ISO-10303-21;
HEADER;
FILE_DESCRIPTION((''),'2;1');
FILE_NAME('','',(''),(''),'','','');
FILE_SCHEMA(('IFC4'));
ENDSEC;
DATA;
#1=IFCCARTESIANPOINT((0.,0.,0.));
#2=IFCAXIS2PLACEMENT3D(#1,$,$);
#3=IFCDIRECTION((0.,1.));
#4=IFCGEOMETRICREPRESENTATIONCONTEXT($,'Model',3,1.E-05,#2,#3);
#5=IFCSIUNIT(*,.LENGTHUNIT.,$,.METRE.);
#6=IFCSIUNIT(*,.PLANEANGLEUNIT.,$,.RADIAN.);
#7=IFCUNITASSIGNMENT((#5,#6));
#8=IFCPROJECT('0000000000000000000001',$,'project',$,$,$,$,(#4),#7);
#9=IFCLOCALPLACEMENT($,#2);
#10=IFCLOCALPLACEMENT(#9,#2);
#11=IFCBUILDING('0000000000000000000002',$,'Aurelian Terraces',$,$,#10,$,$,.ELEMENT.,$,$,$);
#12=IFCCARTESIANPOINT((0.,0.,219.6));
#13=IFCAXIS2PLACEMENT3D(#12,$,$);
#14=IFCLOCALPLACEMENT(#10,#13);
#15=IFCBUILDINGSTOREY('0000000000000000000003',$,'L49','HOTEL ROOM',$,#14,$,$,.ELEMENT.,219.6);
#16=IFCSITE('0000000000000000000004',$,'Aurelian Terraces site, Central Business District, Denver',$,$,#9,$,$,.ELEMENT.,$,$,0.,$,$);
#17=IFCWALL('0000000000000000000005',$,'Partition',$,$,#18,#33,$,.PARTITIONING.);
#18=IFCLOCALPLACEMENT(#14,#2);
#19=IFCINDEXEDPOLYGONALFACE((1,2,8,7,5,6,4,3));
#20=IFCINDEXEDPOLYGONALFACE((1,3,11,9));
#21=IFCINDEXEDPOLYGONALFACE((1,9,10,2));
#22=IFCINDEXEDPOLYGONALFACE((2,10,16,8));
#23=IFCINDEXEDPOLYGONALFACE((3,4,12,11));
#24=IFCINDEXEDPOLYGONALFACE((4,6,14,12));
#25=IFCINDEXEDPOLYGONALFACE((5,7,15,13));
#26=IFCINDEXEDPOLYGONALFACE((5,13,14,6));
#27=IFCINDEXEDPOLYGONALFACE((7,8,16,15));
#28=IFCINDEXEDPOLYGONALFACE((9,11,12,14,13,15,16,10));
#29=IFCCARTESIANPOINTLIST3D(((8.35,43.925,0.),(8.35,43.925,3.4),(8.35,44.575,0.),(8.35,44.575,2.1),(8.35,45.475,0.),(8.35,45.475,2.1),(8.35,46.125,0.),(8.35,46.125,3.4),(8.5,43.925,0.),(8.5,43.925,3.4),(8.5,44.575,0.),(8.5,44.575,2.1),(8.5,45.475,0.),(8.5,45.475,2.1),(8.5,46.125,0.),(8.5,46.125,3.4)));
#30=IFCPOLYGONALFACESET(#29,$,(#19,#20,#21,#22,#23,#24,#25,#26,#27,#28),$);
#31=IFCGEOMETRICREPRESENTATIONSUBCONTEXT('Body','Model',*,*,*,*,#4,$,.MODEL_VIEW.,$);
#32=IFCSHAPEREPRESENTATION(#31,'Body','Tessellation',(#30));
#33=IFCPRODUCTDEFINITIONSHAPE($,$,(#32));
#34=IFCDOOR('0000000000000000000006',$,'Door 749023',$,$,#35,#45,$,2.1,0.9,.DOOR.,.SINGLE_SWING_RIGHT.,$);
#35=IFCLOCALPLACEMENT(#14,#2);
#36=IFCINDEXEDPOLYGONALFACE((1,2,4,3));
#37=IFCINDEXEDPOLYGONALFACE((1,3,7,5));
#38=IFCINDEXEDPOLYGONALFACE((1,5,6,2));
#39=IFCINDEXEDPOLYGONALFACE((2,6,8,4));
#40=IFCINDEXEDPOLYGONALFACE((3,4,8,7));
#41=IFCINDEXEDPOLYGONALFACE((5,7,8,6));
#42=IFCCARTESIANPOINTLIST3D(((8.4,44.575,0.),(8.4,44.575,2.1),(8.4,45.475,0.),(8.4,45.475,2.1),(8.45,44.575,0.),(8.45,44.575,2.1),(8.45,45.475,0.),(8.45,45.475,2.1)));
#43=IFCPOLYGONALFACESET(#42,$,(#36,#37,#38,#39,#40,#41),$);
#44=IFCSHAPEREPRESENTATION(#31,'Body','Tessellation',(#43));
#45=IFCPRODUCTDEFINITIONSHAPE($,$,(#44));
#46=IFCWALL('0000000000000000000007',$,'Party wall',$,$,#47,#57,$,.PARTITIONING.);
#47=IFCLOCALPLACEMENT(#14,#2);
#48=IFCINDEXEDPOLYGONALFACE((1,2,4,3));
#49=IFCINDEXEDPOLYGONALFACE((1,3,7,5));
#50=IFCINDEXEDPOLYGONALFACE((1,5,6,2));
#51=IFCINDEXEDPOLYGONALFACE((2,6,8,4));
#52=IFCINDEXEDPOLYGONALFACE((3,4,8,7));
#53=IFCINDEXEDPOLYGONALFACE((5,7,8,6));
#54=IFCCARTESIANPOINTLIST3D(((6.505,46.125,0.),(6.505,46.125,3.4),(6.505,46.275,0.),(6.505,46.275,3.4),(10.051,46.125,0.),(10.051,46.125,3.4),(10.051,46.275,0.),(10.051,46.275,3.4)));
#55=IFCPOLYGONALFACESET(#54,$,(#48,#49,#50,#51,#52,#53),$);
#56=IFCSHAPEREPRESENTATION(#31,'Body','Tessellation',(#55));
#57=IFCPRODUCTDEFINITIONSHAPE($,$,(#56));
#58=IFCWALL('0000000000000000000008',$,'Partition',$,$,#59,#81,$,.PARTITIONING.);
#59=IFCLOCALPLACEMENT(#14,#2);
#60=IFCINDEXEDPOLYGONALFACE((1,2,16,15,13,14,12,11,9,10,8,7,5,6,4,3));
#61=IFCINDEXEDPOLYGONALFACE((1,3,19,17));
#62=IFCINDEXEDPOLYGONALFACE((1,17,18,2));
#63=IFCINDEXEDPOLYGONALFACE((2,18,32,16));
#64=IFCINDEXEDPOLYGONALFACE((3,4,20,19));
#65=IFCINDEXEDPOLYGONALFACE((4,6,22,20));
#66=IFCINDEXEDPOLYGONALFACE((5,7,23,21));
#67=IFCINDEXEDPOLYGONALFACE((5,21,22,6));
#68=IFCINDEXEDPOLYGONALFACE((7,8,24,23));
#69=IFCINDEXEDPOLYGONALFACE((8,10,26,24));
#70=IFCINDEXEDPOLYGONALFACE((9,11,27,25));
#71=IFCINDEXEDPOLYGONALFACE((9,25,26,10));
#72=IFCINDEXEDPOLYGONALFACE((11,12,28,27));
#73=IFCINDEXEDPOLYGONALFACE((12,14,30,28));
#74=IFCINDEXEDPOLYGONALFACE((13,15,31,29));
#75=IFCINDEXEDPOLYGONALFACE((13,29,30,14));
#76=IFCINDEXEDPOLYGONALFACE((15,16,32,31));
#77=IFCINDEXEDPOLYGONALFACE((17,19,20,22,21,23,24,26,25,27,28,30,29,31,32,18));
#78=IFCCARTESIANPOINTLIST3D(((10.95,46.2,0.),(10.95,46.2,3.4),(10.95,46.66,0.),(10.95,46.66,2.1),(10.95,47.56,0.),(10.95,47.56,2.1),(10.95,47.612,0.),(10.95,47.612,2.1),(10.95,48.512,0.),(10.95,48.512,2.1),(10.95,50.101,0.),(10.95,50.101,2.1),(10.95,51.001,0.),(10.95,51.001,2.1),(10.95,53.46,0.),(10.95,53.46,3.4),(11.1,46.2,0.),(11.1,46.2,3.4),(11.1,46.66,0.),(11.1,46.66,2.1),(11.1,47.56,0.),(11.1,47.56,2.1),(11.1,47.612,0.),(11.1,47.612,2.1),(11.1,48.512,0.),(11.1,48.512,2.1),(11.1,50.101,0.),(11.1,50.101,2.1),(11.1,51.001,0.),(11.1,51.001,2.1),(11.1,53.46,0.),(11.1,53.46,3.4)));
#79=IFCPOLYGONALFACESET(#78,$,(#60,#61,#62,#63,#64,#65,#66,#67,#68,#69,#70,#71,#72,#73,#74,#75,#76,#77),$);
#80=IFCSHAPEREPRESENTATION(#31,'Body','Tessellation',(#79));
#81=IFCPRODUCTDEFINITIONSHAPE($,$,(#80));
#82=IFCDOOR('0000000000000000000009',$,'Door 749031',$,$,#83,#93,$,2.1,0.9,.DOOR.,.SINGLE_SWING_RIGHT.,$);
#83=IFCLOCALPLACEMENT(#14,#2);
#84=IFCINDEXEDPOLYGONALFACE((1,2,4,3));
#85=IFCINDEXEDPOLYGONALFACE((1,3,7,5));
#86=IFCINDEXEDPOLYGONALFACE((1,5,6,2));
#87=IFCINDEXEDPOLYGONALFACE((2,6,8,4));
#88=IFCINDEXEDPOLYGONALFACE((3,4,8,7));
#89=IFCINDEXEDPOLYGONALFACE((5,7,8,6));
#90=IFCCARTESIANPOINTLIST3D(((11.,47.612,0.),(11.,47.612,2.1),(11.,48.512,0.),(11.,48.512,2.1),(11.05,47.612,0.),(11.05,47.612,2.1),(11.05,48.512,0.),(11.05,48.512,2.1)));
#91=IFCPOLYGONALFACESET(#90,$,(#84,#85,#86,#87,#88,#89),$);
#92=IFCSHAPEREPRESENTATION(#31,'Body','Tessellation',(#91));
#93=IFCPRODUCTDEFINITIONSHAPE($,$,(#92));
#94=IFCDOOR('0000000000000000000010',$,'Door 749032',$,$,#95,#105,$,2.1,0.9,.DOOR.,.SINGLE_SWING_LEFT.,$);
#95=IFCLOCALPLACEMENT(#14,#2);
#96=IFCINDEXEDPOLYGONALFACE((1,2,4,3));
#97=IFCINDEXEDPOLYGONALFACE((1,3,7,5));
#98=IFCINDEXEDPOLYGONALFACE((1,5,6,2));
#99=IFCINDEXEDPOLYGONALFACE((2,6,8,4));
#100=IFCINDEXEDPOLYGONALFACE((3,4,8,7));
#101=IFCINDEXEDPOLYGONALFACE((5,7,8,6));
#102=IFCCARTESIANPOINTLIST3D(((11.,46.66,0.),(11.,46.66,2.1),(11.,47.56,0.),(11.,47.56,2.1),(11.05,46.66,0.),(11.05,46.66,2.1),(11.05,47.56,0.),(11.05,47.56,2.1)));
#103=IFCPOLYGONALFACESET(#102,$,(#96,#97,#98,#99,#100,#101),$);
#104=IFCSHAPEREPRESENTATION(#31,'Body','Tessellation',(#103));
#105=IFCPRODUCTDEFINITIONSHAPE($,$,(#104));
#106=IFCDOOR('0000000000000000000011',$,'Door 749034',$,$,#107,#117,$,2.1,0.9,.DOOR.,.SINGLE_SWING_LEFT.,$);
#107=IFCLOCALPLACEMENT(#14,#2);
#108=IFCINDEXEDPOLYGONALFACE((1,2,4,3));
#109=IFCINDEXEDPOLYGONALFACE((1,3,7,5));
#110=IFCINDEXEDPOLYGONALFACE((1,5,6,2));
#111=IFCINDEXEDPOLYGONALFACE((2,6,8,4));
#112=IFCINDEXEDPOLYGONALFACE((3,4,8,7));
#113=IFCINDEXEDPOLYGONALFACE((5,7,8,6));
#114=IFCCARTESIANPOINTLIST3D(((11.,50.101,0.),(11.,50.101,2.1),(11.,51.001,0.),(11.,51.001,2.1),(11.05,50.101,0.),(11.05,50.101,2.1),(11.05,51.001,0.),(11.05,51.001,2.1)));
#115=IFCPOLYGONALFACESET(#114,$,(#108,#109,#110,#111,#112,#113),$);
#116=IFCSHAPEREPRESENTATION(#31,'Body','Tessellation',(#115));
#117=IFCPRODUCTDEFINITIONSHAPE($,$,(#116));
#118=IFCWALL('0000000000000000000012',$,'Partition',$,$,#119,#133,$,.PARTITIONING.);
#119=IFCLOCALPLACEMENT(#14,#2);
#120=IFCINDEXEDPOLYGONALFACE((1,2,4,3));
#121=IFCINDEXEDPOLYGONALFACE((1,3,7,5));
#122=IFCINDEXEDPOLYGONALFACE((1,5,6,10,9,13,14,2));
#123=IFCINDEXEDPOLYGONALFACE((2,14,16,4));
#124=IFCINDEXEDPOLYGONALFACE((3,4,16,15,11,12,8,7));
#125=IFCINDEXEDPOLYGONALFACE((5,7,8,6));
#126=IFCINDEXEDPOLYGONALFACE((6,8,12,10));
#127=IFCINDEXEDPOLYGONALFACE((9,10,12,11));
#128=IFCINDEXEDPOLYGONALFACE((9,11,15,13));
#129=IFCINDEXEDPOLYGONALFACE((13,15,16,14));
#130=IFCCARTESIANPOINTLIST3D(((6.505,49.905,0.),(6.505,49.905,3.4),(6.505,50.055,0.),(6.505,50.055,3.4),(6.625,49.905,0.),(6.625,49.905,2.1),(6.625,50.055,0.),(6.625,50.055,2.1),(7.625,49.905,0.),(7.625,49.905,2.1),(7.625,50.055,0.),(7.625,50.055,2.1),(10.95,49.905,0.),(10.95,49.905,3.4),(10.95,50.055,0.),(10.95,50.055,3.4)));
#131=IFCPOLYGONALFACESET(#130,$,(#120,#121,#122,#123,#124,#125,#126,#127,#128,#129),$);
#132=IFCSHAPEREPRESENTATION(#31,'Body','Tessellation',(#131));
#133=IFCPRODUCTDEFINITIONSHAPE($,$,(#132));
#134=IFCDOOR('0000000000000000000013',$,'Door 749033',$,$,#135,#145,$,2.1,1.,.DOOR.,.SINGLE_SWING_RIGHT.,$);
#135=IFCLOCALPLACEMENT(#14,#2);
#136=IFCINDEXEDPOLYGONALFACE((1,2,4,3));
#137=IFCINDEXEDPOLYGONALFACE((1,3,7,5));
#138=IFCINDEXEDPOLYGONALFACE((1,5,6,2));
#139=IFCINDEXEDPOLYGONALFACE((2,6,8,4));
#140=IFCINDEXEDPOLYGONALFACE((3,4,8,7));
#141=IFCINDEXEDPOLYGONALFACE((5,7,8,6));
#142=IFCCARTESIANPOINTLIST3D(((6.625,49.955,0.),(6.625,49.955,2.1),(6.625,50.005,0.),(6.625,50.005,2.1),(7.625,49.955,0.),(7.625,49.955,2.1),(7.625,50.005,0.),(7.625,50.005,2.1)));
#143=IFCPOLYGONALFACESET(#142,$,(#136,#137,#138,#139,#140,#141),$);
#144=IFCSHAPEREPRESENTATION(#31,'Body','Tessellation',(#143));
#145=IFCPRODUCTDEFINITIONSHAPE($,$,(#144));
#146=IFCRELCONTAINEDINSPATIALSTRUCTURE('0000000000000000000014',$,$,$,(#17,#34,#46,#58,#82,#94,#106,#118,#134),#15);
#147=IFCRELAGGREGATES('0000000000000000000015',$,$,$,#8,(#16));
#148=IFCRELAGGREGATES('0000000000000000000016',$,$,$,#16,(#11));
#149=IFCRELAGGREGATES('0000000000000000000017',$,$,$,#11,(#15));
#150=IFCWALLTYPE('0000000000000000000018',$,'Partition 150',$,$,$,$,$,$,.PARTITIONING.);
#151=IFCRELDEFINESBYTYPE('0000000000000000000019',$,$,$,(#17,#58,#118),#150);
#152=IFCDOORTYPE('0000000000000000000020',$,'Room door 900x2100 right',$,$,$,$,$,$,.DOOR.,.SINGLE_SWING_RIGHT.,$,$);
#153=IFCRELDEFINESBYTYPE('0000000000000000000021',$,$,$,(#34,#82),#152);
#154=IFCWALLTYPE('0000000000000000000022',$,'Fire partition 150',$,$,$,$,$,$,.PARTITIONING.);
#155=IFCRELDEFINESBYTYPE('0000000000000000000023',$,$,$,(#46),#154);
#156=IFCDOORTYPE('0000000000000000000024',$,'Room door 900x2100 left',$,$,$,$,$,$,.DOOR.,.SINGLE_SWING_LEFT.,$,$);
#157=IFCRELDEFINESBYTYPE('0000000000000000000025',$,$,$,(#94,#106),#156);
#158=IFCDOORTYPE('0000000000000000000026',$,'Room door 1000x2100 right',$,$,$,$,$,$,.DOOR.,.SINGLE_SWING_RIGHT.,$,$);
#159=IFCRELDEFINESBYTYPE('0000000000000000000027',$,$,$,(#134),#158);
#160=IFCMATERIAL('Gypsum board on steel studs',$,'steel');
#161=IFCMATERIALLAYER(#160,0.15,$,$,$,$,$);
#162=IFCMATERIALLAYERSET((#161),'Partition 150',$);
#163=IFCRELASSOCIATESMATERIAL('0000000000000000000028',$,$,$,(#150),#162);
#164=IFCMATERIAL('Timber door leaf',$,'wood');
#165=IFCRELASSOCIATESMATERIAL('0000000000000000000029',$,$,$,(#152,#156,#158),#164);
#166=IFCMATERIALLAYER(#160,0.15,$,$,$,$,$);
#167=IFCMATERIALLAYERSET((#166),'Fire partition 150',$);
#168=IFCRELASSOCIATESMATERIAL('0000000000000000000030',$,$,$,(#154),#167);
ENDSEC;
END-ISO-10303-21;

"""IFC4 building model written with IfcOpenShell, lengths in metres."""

from ifc_helpers import new_model, si_unit, direction, frame, frame_2d, origin, place, context, subcontext, project, spatial, rectangle, extrude, source, transform, mapped, material, layer, layer_set, type_object, element, fill, save


model = new_model("IFC4")

# Units and contexts
model_context = context("Model", 3, precision=1e-05, world=origin(), true_north=direction((0.0, 1.0)))
body_context = subcontext(model_context, "Body", "Model", "MODEL_VIEW")
ifc_project = project(units=[si_unit("LENGTHUNIT", "METRE"), si_unit("PLANEANGLEUNIT", "RADIAN")], contexts=[model_context])

# Site, building, storey
site_placement = place(None, origin())
site = spatial("IfcSite", under=ifc_project, at=site_placement, Name="Aurelian Terraces site, Central Business District, Denver", CompositionType="ELEMENT", RefElevation=0.0)
building_placement = place(site_placement, origin())
building = spatial("IfcBuilding", under=site, at=building_placement, Name="Aurelian Terraces", CompositionType="ELEMENT")
storey_placement = place(building_placement, frame((0.0, 0.0, 219.6)))
storey = spatial("IfcBuildingStorey", under=building, at=storey_placement, Name="L49", Description="HOTEL ROOM", CompositionType="ELEMENT", Elevation=219.6)

# Shared definitions
ifc_material_1 = material(Name="Gypsum board on steel studs", Category="steel")
ifc_layer_1 = layer(ifc_material_1, 0.15)
ifc_layer_set_1 = layer_set([ifc_layer_1], Name="Partition 150")
wall_type_1 = type_object("IfcWallType", Name="Partition 150", PredefinedType="PARTITIONING", material=ifc_layer_set_1)

# Wall, opening, door
shared_shape_1 = source(origin(), body_context, "Body", "SweptSolid", [
    extrude(rectangle(XDim=2.2, YDim=0.15, at=frame_2d((1.1, 0.0))), origin(), (0.0, 0.0, 1.0), 3.4),
])
wall_1_placement = place(storey_placement, frame((8.425, 43.925, 0.0), z_axis=(0.0, 0.0, 1.0), x_axis=(0.0, 1.0, 0.0)))
wall_1 = element("IfcWall", 1, at=wall_1_placement, inside=storey, type_object=wall_type_1, Name="Partition", PredefinedType="PARTITIONING", context=body_context, shape_type="MappedRepresentation", body=[
    mapped(shared_shape_1, transform((0.0, 0.0, 0.0), scale=1.0)),
])
shared_shape_2 = source(origin(), body_context, "Body", "SweptSolid", [
    extrude(rectangle(XDim=0.9, YDim=2.1, at=frame_2d((0.45, 1.05))), frame((0.0, 0.085, 0.0), z_axis=(0.0, -1.0, 0.0), x_axis=(1.0, 0.0, 0.0)), (0.0, 0.0, 1.0), 0.17),
])
opening_1_placement = place(wall_1_placement, frame((0.65, 0.0, 0.0)))
opening_1 = element("IfcOpeningElement", 2, at=opening_1_placement, cuts=wall_1, PredefinedType="OPENING", context=body_context, shape_type="MappedRepresentation", body=[
    mapped(shared_shape_2, transform((0.0, 0.0, 0.0), scale=1.0)),
])
ifc_material_2 = material(Name="Timber door leaf", Category="wood")
door_type_1 = type_object("IfcDoorType", Name="Room door 900x2100 right", OperationType="SINGLE_SWING_RIGHT", PredefinedType="DOOR", material=ifc_material_2)
shared_shape_3 = source(origin(), body_context, "Body", "SweptSolid", [
    extrude(rectangle(XDim=0.9, YDim=2.1, at=frame_2d((0.45, 1.05))), frame((0.0, 0.025, 0.0), z_axis=(0.0, -1.0, 0.0), x_axis=(1.0, 0.0, 0.0)), (0.0, 0.0, 1.0), 0.05),
])
door_1_placement = place(opening_1_placement, origin())
door_1 = element("IfcDoor", 3, at=door_1_placement, inside=storey, type_object=door_type_1, Name="Door 749023", OperationType="SINGLE_SWING_RIGHT", OverallHeight=2.1, OverallWidth=0.9, PredefinedType="DOOR", context=body_context, shape_type="MappedRepresentation", body=[
    mapped(shared_shape_3, transform((0.0, 0.0, 0.0), scale=1.0)),
])
fill(opening_1, door_1)

# Wall
ifc_layer_2 = layer(ifc_material_1, 0.15)
ifc_layer_set_2 = layer_set([ifc_layer_2], Name="Fire partition 150")
wall_type_2 = type_object("IfcWallType", Name="Fire partition 150", PredefinedType="PARTITIONING", material=ifc_layer_set_2)
shared_shape_4 = source(origin(), body_context, "Body", "SweptSolid", [
    extrude(rectangle(XDim=3.546, YDim=0.15, at=frame_2d((1.773, 0.0))), origin(), (0.0, 0.0, 1.0), 3.4),
])
wall_2_placement = place(storey_placement, frame((10.051, 46.2, 0.0), z_axis=(0.0, 0.0, 1.0), x_axis=(-1.0, 0.0, 0.0)))
element("IfcWall", 4, at=wall_2_placement, inside=storey, type_object=wall_type_2, Name="Party wall", PredefinedType="PARTITIONING", context=body_context, shape_type="MappedRepresentation", body=[
    mapped(shared_shape_4, transform((0.0, 0.0, 0.0), scale=1.0)),
])

# Wall, openings, doors
shared_shape_5 = source(origin(), body_context, "Body", "SweptSolid", [
    extrude(rectangle(XDim=7.26, YDim=0.15, at=frame_2d((3.63, 0.0))), origin(), (0.0, 0.0, 1.0), 3.4),
])
wall_3_placement = place(storey_placement, frame((11.025, 46.2, 0.0), z_axis=(0.0, 0.0, 1.0), x_axis=(0.0, 1.0, 0.0)))
wall_3 = element("IfcWall", 5, at=wall_3_placement, inside=storey, type_object=wall_type_1, Name="Partition", PredefinedType="PARTITIONING", context=body_context, shape_type="MappedRepresentation", body=[
    mapped(shared_shape_5, transform((0.0, 0.0, 0.0), scale=1.0)),
])
opening_2_placement = place(wall_3_placement, frame((1.412, 0.0, 0.0)))
opening_2 = element("IfcOpeningElement", 6, at=opening_2_placement, cuts=wall_3, PredefinedType="OPENING", context=body_context, shape_type="MappedRepresentation", body=[
    mapped(shared_shape_2, transform((0.0, 0.0, 0.0), scale=1.0)),
])
opening_3_placement = place(wall_3_placement, frame((0.46, 0.0, 0.0)))
opening_3 = element("IfcOpeningElement", 7, at=opening_3_placement, cuts=wall_3, PredefinedType="OPENING", context=body_context, shape_type="MappedRepresentation", body=[
    mapped(shared_shape_2, transform((0.0, 0.0, 0.0), scale=1.0)),
])
opening_4_placement = place(wall_3_placement, frame((3.901, 0.0, 0.0)))
opening_4 = element("IfcOpeningElement", 8, at=opening_4_placement, cuts=wall_3, PredefinedType="OPENING", context=body_context, shape_type="MappedRepresentation", body=[
    mapped(shared_shape_2, transform((0.0, 0.0, 0.0), scale=1.0)),
])
door_2_placement = place(opening_2_placement, origin())
door_2 = element("IfcDoor", 9, at=door_2_placement, inside=storey, type_object=door_type_1, Name="Door 749031", OperationType="SINGLE_SWING_RIGHT", OverallHeight=2.1, OverallWidth=0.9, PredefinedType="DOOR", context=body_context, shape_type="MappedRepresentation", body=[
    mapped(shared_shape_3, transform((0.0, 0.0, 0.0), scale=1.0)),
])
fill(opening_2, door_2)
door_type_2 = type_object("IfcDoorType", Name="Room door 900x2100 left", OperationType="SINGLE_SWING_LEFT", PredefinedType="DOOR", material=ifc_material_2)
door_3_placement = place(opening_3_placement, origin())
door_3 = element("IfcDoor", 10, at=door_3_placement, inside=storey, type_object=door_type_2, Name="Door 749032", OperationType="SINGLE_SWING_LEFT", OverallHeight=2.1, OverallWidth=0.9, PredefinedType="DOOR", context=body_context, shape_type="MappedRepresentation", body=[
    mapped(shared_shape_3, transform((0.0, 0.0, 0.0), scale=1.0)),
])
fill(opening_3, door_3)
door_4_placement = place(opening_4_placement, origin())
door_4 = element("IfcDoor", 11, at=door_4_placement, inside=storey, type_object=door_type_2, Name="Door 749034", OperationType="SINGLE_SWING_LEFT", OverallHeight=2.1, OverallWidth=0.9, PredefinedType="DOOR", context=body_context, shape_type="MappedRepresentation", body=[
    mapped(shared_shape_3, transform((0.0, 0.0, 0.0), scale=1.0)),
])
fill(opening_4, door_4)

# Wall, opening, door
shared_shape_6 = source(origin(), body_context, "Body", "SweptSolid", [
    extrude(rectangle(XDim=4.445, YDim=0.15, at=frame_2d((2.2225, 0.0))), origin(), (0.0, 0.0, 1.0), 3.4),
])
wall_4_placement = place(storey_placement, frame((10.95, 49.98, 0.0), z_axis=(0.0, 0.0, 1.0), x_axis=(-1.0, 0.0, 0.0)))
wall_4 = element("IfcWall", 12, at=wall_4_placement, inside=storey, type_object=wall_type_1, Name="Partition", PredefinedType="PARTITIONING", context=body_context, shape_type="MappedRepresentation", body=[
    mapped(shared_shape_6, transform((0.0, 0.0, 0.0), scale=1.0)),
])
shared_shape_7 = source(origin(), body_context, "Body", "SweptSolid", [
    extrude(rectangle(XDim=1.0, YDim=2.1, at=frame_2d((0.5, 1.05))), frame((0.0, 0.085, 0.0), z_axis=(0.0, -1.0, 0.0), x_axis=(1.0, 0.0, 0.0)), (0.0, 0.0, 1.0), 0.17),
])
opening_5_placement = place(wall_4_placement, frame((3.325, 0.0, 0.0)))
opening_5 = element("IfcOpeningElement", 13, at=opening_5_placement, cuts=wall_4, PredefinedType="OPENING", context=body_context, shape_type="MappedRepresentation", body=[
    mapped(shared_shape_7, transform((0.0, 0.0, 0.0), scale=1.0)),
])
door_type_3 = type_object("IfcDoorType", Name="Room door 1000x2100 right", OperationType="SINGLE_SWING_RIGHT", PredefinedType="DOOR", material=ifc_material_2)
shared_shape_8 = source(origin(), body_context, "Body", "SweptSolid", [
    extrude(rectangle(XDim=1.0, YDim=2.1, at=frame_2d((0.5, 1.05))), frame((0.0, 0.025, 0.0), z_axis=(0.0, -1.0, 0.0), x_axis=(1.0, 0.0, 0.0)), (0.0, 0.0, 1.0), 0.05),
])
door_5_placement = place(opening_5_placement, origin())
door_5 = element("IfcDoor", 14, at=door_5_placement, inside=storey, type_object=door_type_3, Name="Door 749033", OperationType="SINGLE_SWING_RIGHT", OverallHeight=2.1, OverallWidth=1.0, PredefinedType="DOOR", context=body_context, shape_type="MappedRepresentation", body=[
    mapped(shared_shape_8, transform((0.0, 0.0, 0.0), scale=1.0)),
])
fill(opening_5, door_5)

save(model, "model.ifc")
